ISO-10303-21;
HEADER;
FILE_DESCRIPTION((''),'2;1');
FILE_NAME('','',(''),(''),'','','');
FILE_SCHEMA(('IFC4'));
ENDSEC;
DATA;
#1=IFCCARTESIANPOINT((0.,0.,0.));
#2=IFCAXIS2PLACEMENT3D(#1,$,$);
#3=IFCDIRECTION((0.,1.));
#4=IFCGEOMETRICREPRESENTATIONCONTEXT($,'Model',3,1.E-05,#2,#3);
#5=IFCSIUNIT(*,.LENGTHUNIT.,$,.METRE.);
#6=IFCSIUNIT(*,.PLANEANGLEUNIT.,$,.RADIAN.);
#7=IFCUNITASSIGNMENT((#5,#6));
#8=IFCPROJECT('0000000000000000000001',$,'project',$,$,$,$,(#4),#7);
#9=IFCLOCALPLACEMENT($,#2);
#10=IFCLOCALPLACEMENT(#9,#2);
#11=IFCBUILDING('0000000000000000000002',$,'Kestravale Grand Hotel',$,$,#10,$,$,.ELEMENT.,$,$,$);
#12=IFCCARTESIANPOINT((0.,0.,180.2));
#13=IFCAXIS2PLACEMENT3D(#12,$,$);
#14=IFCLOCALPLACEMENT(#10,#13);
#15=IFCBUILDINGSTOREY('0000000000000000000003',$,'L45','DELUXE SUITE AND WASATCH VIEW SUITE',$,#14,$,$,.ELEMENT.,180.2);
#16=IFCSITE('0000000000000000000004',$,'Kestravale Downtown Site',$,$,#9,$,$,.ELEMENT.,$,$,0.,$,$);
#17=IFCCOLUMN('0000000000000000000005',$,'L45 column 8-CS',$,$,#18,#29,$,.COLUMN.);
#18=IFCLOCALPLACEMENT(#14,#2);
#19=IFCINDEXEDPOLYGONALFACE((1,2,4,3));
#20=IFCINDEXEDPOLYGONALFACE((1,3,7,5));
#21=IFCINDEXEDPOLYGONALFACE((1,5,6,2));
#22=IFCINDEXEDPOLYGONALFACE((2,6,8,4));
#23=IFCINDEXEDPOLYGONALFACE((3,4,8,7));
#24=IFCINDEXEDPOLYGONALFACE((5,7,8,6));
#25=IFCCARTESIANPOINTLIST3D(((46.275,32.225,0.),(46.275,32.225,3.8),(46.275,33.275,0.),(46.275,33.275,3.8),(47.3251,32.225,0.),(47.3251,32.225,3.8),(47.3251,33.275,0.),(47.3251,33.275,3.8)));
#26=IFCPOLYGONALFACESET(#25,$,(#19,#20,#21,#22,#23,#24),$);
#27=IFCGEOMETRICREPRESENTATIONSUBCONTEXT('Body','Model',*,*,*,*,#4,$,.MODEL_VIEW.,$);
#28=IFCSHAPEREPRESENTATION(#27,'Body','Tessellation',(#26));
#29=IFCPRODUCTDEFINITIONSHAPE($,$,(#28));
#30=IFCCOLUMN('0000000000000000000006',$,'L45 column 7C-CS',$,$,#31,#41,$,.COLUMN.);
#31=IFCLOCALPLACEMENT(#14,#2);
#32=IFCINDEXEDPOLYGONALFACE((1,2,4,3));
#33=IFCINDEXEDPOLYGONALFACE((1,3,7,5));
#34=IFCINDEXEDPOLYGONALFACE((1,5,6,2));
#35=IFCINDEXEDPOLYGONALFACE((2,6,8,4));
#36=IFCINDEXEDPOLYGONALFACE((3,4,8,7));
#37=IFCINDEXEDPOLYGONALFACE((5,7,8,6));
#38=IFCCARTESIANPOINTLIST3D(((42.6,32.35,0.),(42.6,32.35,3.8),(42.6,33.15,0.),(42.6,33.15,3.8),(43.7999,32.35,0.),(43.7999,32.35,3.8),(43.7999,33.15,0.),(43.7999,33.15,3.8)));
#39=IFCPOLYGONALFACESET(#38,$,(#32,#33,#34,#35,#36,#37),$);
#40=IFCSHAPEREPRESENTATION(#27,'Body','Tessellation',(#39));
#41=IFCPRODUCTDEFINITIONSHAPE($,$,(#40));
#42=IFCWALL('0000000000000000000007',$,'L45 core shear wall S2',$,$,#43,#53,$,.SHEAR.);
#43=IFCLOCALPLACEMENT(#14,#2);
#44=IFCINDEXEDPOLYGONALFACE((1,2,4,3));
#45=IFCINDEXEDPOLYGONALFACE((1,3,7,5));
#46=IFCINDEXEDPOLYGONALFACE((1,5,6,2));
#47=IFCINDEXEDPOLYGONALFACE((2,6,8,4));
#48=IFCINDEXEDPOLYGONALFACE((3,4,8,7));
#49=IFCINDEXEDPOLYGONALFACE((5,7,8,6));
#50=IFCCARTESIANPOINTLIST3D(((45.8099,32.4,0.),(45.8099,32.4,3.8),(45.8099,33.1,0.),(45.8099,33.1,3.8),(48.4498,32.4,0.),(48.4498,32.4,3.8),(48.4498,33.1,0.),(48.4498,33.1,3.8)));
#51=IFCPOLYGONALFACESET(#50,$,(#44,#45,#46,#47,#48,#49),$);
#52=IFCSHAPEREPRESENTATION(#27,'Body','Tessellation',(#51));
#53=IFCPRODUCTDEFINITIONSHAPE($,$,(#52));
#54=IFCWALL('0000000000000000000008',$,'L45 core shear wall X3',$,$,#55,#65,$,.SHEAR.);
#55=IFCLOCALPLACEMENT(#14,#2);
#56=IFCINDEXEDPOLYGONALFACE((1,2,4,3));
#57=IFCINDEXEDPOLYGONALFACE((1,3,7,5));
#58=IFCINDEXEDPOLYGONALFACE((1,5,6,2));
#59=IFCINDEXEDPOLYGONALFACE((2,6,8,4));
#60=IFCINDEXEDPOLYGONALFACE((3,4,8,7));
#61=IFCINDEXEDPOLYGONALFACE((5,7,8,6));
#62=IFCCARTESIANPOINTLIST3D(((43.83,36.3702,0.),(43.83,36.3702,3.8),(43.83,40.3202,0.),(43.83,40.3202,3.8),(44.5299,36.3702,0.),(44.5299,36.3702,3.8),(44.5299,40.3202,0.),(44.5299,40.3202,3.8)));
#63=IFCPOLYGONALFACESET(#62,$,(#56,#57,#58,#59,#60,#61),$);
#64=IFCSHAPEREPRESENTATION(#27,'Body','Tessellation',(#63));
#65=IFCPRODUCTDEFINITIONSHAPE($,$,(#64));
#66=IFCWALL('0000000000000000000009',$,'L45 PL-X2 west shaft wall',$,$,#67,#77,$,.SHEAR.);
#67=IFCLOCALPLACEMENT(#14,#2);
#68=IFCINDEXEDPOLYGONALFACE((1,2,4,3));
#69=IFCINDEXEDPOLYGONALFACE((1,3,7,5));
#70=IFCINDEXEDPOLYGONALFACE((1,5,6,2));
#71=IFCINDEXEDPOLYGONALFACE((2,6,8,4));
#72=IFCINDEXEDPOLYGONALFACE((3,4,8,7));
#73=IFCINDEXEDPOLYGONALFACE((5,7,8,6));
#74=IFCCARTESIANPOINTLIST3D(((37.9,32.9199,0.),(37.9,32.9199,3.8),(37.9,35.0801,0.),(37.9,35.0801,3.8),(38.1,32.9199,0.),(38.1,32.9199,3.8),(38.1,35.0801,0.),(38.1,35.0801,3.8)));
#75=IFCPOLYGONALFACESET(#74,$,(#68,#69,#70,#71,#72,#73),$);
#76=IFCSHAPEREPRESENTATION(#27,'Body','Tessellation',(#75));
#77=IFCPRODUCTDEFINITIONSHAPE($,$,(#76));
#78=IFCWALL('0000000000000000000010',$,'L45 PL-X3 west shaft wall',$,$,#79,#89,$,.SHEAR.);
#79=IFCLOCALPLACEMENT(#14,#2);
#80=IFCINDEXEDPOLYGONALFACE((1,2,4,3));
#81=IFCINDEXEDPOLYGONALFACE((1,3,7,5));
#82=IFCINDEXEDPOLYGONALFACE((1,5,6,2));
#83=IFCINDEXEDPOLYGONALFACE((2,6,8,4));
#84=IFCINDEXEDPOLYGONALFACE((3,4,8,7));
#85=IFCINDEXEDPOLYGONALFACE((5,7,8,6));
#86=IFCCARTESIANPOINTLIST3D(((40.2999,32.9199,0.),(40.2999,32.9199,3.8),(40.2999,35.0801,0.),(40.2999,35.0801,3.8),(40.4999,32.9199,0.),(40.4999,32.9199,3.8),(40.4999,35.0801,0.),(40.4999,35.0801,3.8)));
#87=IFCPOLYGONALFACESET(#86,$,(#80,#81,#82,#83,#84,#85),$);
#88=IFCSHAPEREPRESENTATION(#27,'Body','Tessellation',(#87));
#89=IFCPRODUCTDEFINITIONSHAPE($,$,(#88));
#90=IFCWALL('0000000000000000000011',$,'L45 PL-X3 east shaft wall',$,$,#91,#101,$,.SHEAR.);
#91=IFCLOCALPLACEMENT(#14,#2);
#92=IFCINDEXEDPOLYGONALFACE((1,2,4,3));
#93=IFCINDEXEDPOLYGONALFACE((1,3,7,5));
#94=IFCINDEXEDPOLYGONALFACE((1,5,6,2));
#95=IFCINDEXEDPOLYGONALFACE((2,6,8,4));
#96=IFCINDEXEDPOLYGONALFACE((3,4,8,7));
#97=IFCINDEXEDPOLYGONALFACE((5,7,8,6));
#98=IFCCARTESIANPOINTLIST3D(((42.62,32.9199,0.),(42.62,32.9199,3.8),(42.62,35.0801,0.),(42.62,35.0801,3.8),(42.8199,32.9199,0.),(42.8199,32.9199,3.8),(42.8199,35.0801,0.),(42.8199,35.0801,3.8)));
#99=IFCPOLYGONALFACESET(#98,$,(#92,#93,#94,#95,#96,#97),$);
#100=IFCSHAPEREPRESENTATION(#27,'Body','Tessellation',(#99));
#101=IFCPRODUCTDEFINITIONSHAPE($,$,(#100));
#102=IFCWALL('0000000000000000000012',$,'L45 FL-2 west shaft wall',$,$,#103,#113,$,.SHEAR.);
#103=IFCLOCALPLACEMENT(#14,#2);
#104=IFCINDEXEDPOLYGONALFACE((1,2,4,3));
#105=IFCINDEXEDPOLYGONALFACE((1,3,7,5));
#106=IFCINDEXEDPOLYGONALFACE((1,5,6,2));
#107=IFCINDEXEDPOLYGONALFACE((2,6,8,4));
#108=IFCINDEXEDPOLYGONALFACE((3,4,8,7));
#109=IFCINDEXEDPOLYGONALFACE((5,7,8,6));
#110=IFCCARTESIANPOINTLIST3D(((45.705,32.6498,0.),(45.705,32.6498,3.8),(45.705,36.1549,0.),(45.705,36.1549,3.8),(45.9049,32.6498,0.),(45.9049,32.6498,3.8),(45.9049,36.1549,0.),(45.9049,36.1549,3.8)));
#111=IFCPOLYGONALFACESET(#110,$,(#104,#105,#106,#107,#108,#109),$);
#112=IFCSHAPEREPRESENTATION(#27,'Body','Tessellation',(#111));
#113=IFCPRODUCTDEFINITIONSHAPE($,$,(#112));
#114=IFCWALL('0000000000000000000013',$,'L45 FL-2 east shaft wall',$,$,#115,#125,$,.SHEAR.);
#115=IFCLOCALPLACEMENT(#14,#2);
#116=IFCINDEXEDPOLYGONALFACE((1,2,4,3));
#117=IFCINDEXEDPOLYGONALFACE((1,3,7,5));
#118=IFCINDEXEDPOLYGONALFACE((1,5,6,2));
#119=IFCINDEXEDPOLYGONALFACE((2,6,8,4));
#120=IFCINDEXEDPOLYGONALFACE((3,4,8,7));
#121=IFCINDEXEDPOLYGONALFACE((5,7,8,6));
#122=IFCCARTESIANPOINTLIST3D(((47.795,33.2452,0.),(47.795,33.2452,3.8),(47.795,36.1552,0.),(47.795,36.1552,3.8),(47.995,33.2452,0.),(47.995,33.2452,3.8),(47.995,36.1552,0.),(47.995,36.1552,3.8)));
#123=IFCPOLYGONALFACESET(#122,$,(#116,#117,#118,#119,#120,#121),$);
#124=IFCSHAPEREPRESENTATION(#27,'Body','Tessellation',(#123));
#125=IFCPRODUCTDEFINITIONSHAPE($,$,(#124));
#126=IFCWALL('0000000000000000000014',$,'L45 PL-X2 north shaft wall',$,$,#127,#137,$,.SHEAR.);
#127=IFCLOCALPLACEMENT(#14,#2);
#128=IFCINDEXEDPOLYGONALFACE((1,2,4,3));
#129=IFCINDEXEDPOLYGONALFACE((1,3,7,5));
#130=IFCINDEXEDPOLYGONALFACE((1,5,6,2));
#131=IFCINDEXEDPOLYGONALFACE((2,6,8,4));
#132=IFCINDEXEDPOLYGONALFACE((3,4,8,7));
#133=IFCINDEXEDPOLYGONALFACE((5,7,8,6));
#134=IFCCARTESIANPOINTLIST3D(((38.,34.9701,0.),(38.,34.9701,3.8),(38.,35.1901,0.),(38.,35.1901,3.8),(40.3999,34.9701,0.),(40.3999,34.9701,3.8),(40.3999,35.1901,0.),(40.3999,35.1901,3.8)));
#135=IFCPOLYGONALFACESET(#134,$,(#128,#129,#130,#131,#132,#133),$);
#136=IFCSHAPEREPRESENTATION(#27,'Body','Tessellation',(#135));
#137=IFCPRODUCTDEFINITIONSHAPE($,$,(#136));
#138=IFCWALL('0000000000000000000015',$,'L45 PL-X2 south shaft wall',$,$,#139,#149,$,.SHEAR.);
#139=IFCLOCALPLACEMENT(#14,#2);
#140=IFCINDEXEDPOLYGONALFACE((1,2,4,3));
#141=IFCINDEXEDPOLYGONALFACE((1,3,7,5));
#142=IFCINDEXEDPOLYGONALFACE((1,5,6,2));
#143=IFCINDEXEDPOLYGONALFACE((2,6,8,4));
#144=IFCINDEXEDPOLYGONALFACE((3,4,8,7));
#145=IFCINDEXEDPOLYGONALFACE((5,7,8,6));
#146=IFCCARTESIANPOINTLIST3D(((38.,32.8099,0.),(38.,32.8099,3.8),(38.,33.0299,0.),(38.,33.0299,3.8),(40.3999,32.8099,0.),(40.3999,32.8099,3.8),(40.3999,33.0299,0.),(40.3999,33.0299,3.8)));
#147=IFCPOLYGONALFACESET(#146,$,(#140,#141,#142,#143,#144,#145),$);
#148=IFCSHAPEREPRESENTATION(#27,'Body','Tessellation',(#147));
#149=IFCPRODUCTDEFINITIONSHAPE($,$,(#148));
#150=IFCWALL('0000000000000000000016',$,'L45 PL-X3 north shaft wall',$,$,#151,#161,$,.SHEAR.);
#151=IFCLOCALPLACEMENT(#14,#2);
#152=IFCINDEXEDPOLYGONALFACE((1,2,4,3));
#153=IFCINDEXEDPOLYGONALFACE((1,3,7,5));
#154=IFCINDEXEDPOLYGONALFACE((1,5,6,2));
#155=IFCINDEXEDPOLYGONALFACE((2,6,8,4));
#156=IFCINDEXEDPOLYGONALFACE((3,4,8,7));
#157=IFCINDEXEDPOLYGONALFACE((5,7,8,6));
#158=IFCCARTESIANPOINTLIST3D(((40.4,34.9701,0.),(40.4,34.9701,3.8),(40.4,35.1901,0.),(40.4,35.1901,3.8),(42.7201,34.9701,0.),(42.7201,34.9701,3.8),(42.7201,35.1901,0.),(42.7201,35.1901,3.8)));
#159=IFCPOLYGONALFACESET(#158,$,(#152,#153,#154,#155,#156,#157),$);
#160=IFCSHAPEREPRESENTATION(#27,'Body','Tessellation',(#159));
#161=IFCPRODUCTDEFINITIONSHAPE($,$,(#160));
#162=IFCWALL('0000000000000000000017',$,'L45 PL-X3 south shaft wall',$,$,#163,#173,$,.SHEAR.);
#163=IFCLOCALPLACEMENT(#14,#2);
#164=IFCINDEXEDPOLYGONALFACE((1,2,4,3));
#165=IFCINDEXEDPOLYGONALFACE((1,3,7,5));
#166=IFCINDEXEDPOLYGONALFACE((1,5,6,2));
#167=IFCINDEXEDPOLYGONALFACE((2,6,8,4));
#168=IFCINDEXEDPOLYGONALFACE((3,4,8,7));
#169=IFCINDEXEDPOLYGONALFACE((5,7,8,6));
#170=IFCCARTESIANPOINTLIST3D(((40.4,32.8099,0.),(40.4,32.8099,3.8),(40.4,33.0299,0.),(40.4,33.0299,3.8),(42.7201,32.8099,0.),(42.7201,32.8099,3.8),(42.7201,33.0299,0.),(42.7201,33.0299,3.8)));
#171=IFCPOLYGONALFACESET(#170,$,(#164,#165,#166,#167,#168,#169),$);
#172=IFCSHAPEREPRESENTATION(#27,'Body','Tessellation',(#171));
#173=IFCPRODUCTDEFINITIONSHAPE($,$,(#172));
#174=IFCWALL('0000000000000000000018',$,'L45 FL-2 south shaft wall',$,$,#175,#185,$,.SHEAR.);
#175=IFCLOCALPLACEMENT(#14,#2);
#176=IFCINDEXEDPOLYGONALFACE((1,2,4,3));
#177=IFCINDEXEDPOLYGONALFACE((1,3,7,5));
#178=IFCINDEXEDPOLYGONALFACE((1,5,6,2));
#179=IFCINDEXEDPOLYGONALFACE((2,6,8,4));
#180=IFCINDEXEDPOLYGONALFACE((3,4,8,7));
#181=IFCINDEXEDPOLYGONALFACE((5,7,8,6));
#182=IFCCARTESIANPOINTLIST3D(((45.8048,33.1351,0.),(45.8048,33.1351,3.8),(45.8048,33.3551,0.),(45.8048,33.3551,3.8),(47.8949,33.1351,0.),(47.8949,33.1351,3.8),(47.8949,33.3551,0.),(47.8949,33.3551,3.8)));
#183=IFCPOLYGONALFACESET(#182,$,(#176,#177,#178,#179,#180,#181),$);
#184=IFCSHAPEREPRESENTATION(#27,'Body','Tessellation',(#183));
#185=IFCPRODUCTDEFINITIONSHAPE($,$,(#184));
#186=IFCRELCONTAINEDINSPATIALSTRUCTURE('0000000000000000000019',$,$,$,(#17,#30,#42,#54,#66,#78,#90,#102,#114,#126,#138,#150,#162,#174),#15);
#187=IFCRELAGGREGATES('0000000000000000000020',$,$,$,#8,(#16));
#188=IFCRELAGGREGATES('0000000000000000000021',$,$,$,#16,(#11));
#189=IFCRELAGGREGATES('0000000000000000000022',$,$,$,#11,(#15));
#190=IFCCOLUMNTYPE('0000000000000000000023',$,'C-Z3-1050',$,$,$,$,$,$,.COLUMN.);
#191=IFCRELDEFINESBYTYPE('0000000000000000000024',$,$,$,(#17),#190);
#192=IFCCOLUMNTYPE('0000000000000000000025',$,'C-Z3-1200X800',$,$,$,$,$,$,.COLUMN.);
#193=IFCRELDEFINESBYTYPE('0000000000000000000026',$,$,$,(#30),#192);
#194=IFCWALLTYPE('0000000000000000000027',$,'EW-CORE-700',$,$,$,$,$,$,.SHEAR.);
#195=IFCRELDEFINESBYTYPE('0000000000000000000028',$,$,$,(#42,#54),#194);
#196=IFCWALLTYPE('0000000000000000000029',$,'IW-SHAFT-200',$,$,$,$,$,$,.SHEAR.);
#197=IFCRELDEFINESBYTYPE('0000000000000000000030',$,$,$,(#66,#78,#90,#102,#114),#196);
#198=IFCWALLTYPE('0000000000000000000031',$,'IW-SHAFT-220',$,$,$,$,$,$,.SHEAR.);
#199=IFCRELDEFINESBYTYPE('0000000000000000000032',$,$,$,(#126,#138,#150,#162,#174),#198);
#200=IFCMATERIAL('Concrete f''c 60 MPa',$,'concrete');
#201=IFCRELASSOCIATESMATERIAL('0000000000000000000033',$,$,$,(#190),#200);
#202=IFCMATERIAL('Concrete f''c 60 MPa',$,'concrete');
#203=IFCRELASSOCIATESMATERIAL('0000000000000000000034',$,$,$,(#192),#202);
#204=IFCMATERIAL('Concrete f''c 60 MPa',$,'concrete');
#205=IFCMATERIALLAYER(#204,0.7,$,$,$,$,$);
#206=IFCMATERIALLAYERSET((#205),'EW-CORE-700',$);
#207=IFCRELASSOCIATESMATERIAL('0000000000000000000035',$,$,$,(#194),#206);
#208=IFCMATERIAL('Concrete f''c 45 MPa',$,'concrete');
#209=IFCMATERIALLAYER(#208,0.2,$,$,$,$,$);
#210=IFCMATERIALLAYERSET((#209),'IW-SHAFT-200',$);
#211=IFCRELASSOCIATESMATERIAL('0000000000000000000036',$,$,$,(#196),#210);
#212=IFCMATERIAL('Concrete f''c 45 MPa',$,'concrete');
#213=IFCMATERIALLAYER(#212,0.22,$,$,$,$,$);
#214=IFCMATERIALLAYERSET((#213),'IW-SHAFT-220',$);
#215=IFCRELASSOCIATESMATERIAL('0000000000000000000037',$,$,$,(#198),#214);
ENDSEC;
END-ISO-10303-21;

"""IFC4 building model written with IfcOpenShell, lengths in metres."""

from ifc_helpers import new_model, si_unit, direction, frame, frame_2d, origin, origin_2d, place, context, subcontext, project, spatial, rectangle, extrude, material, layer, layer_set, material_profile, profile_set, type_object, element, save


model = new_model("IFC4")

# Units and contexts
model_context = context("Model", 3, precision=1e-05, world=origin(), true_north=direction((0.0, 1.0)))
body_context = subcontext(model_context, "Body", "Model", "MODEL_VIEW")
ifc_project = project(units=[si_unit("LENGTHUNIT", "METRE"), si_unit("PLANEANGLEUNIT", "RADIAN")], contexts=[model_context])

# Site, building, storey
site_placement = place(None, origin())
site = spatial("IfcSite", under=ifc_project, at=site_placement, Name="Kestravale Downtown Site", CompositionType="ELEMENT", RefElevation=0.0)
building_placement = place(site_placement, origin())
building = spatial("IfcBuilding", under=site, at=building_placement, Name="Kestravale Grand Hotel", CompositionType="ELEMENT")
storey_placement = place(building_placement, frame((0.0, 0.0, 180.2)))
storey = spatial("IfcBuildingStorey", under=building, at=storey_placement, Name="L45", Description="DELUXE SUITE AND WASATCH VIEW SUITE", CompositionType="ELEMENT", Elevation=180.2)

# Columns
ifc_material_1 = material(Name="Concrete f'c 60 MPa", Category="concrete")
ifc_material_profile_1 = material_profile(ifc_material_1, rectangle(XDim=1.05, YDim=1.05, at=origin_2d()))
ifc_profile_set_1 = profile_set([ifc_material_profile_1], Name="Concrete f'c 60 MPa")
column_type_1 = type_object("IfcColumnType", Name="C-Z3-1050", PredefinedType="COLUMN", material=ifc_profile_set_1)
column_1_placement = place(storey_placement, frame((46.8, 32.75, 0.0), z_axis=(0.0, 0.0, 1.0), x_axis=(1.0, 0.0, 0.0)))
element("IfcColumn", 1, at=column_1_placement, inside=storey, type_object=column_type_1, Name="L45 column 8-CS", PredefinedType="COLUMN", context=body_context, shape_type="SweptSolid", body=[
    extrude(rectangle(XDim=1.05, YDim=1.05, at=origin_2d()), origin(), (0.0, 0.0, 1.0), 3.8),
])
ifc_material_2 = material(Name="Concrete f'c 60 MPa", Category="concrete")
ifc_material_profile_2 = material_profile(ifc_material_2, rectangle(XDim=1.2, YDim=0.8, at=origin_2d()))
ifc_profile_set_2 = profile_set([ifc_material_profile_2], Name="Concrete f'c 60 MPa")
column_type_2 = type_object("IfcColumnType", Name="C-Z3-1200X800", PredefinedType="COLUMN", material=ifc_profile_set_2)
column_2_placement = place(storey_placement, frame((43.2, 32.75, 0.0), z_axis=(0.0, 0.0, 1.0), x_axis=(1.0, 0.0, 0.0)))
element("IfcColumn", 2, at=column_2_placement, inside=storey, type_object=column_type_2, Name="L45 column 7C-CS", PredefinedType="COLUMN", context=body_context, shape_type="SweptSolid", body=[
    extrude(rectangle(XDim=1.2, YDim=0.8, at=origin_2d()), origin(), (0.0, 0.0, 1.0), 3.8),
])

# Walls
ifc_material_3 = material(Name="Concrete f'c 60 MPa", Category="concrete")
ifc_layer_1 = layer(ifc_material_3, 0.7)
ifc_layer_set_1 = layer_set([ifc_layer_1], Name="EW-CORE-700")
wall_type_1 = type_object("IfcWallType", Name="EW-CORE-700", PredefinedType="SHEAR", material=ifc_layer_set_1)
wall_1_placement = place(storey_placement, frame((45.8101, 32.75, 0.0), z_axis=(0.0, 0.0, 1.0), x_axis=(1.0, 0.0, 0.0)))
element("IfcWall", 3, at=wall_1_placement, inside=storey, type_object=wall_type_1, Name="L45 core shear wall S2", PredefinedType="SHEAR", context=body_context, shape_type="SweptSolid", body=[
    extrude(rectangle(XDim=2.6399, YDim=0.7, at=frame_2d((1.3198, 0.0))), origin(), (0.0, 0.0, 1.0), 3.8),
])
wall_2_placement = place(storey_placement, frame((44.1799, 36.3701, 0.0), z_axis=(0.0, 0.0, 1.0), x_axis=(0.0, 1.0, 0.0)))
element("IfcWall", 4, at=wall_2_placement, inside=storey, type_object=wall_type_1, Name="L45 core shear wall X3", PredefinedType="SHEAR", context=body_context, shape_type="SweptSolid", body=[
    extrude(rectangle(XDim=3.95, YDim=0.7, at=frame_2d((1.9751, 0.0))), origin(), (0.0, 0.0, 1.0), 3.8),
])

# Walls
ifc_material_4 = material(Name="Concrete f'c 45 MPa", Category="concrete")
ifc_layer_2 = layer(ifc_material_4, 0.2)
ifc_layer_set_2 = layer_set([ifc_layer_2], Name="IW-SHAFT-200")
wall_type_2 = type_object("IfcWallType", Name="IW-SHAFT-200", PredefinedType="SHEAR", material=ifc_layer_set_2)
for number, where, z_axis, x_axis, name in (
    (5, (38.0, 32.9199, 0.0), (0.0, 0.0, 1.0), (0.0, 1.0, 0.0), "L45 PL-X2 west shaft wall"),
    (6, (40.3999, 32.9199, 0.0), (0.0, 0.0, 1.0), (0.0, 1.0, 0.0), "L45 PL-X3 west shaft wall"),
    (7, (42.72, 32.9199, 0.0), (0.0, 0.0, 1.0), (0.0, 1.0, 0.0), "L45 PL-X3 east shaft wall"),
):
    element("IfcWall", number, at=place(storey_placement, frame(where, z_axis=z_axis, x_axis=x_axis)), inside=storey, type_object=wall_type_2, Name=name, PredefinedType="SHEAR", context=body_context, shape_type="SweptSolid", body=[
        extrude(rectangle(XDim=2.1602, YDim=0.2, at=frame_2d((1.0801, 0.0))), origin(), (0.0, 0.0, 1.0), 3.8),
    ])
wall_3_placement = place(storey_placement, frame((45.8049, 32.6499, 0.0), z_axis=(0.0, 0.0, 1.0), x_axis=(0.0, 1.0, 0.0)))
element("IfcWall", 8, at=wall_3_placement, inside=storey, type_object=wall_type_2, Name="L45 FL-2 west shaft wall", PredefinedType="SHEAR", context=body_context, shape_type="SweptSolid", body=[
    extrude(rectangle(XDim=3.5051, YDim=0.2, at=frame_2d((1.7524, 0.0))), origin(), (0.0, 0.0, 1.0), 3.8),
])
wall_4_placement = place(storey_placement, frame((47.895, 33.2451, 0.0), z_axis=(0.0, 0.0, 1.0), x_axis=(0.0, 1.0, 0.0)))
element("IfcWall", 9, at=wall_4_placement, inside=storey, type_object=wall_type_2, Name="L45 FL-2 east shaft wall", PredefinedType="SHEAR", context=body_context, shape_type="SweptSolid", body=[
    extrude(rectangle(XDim=2.9099, YDim=0.2, at=frame_2d((1.4551, 0.0))), origin(), (0.0, 0.0, 1.0), 3.8),
])

# Shared definitions
ifc_material_5 = material(Name="Concrete f'c 45 MPa", Category="concrete")
ifc_layer_3 = layer(ifc_material_5, 0.22)
ifc_layer_set_3 = layer_set([ifc_layer_3], Name="IW-SHAFT-220")
wall_type_3 = type_object("IfcWallType", Name="IW-SHAFT-220", PredefinedType="SHEAR", material=ifc_layer_set_3)

# Walls
for number, where, z_axis, x_axis, name in (
    (10, (38.0, 35.0801, 0.0), (0.0, 0.0, 1.0), (1.0, 0.0, 0.0), "L45 PL-X2 north shaft wall"),
    (11, (38.0, 32.9199, 0.0), (0.0, 0.0, 1.0), (1.0, 0.0, 0.0), "L45 PL-X2 south shaft wall"),
):
    element("IfcWall", number, at=place(storey_placement, frame(where, z_axis=z_axis, x_axis=x_axis)), inside=storey, type_object=wall_type_3, Name=name, PredefinedType="SHEAR", context=body_context, shape_type="SweptSolid", body=[
        extrude(rectangle(XDim=2.3999, YDim=0.22, at=frame_2d((1.2, 0.0))), origin(), (0.0, 0.0, 1.0), 3.8),
    ])
for number, where, z_axis, x_axis, name in (
    (12, (40.3999, 35.0801, 0.0), (0.0, 0.0, 1.0), (1.0, 0.0, 0.0), "L45 PL-X3 north shaft wall"),
    (13, (40.3999, 32.9199, 0.0), (0.0, 0.0, 1.0), (1.0, 0.0, 0.0), "L45 PL-X3 south shaft wall"),
):
    element("IfcWall", number, at=place(storey_placement, frame(where, z_axis=z_axis, x_axis=x_axis)), inside=storey, type_object=wall_type_3, Name=name, PredefinedType="SHEAR", context=body_context, shape_type="SweptSolid", body=[
        extrude(rectangle(XDim=2.3201, YDim=0.22, at=frame_2d((1.1602, 0.0))), origin(), (0.0, 0.0, 1.0), 3.8),
    ])

# Wall
wall_5_placement = place(storey_placement, frame((45.8049, 33.2451, 0.0), z_axis=(0.0, 0.0, 1.0), x_axis=(1.0, 0.0, 0.0)))
element("IfcWall", 14, at=wall_5_placement, inside=storey, type_object=wall_type_3, Name="L45 FL-2 south shaft wall", PredefinedType="SHEAR", context=body_context, shape_type="SweptSolid", body=[
    extrude(rectangle(XDim=2.0901, YDim=0.22, at=frame_2d((1.0449, 0.0))), origin(), (0.0, 0.0, 1.0), 3.8),
])

save(model, "model.ifc")
